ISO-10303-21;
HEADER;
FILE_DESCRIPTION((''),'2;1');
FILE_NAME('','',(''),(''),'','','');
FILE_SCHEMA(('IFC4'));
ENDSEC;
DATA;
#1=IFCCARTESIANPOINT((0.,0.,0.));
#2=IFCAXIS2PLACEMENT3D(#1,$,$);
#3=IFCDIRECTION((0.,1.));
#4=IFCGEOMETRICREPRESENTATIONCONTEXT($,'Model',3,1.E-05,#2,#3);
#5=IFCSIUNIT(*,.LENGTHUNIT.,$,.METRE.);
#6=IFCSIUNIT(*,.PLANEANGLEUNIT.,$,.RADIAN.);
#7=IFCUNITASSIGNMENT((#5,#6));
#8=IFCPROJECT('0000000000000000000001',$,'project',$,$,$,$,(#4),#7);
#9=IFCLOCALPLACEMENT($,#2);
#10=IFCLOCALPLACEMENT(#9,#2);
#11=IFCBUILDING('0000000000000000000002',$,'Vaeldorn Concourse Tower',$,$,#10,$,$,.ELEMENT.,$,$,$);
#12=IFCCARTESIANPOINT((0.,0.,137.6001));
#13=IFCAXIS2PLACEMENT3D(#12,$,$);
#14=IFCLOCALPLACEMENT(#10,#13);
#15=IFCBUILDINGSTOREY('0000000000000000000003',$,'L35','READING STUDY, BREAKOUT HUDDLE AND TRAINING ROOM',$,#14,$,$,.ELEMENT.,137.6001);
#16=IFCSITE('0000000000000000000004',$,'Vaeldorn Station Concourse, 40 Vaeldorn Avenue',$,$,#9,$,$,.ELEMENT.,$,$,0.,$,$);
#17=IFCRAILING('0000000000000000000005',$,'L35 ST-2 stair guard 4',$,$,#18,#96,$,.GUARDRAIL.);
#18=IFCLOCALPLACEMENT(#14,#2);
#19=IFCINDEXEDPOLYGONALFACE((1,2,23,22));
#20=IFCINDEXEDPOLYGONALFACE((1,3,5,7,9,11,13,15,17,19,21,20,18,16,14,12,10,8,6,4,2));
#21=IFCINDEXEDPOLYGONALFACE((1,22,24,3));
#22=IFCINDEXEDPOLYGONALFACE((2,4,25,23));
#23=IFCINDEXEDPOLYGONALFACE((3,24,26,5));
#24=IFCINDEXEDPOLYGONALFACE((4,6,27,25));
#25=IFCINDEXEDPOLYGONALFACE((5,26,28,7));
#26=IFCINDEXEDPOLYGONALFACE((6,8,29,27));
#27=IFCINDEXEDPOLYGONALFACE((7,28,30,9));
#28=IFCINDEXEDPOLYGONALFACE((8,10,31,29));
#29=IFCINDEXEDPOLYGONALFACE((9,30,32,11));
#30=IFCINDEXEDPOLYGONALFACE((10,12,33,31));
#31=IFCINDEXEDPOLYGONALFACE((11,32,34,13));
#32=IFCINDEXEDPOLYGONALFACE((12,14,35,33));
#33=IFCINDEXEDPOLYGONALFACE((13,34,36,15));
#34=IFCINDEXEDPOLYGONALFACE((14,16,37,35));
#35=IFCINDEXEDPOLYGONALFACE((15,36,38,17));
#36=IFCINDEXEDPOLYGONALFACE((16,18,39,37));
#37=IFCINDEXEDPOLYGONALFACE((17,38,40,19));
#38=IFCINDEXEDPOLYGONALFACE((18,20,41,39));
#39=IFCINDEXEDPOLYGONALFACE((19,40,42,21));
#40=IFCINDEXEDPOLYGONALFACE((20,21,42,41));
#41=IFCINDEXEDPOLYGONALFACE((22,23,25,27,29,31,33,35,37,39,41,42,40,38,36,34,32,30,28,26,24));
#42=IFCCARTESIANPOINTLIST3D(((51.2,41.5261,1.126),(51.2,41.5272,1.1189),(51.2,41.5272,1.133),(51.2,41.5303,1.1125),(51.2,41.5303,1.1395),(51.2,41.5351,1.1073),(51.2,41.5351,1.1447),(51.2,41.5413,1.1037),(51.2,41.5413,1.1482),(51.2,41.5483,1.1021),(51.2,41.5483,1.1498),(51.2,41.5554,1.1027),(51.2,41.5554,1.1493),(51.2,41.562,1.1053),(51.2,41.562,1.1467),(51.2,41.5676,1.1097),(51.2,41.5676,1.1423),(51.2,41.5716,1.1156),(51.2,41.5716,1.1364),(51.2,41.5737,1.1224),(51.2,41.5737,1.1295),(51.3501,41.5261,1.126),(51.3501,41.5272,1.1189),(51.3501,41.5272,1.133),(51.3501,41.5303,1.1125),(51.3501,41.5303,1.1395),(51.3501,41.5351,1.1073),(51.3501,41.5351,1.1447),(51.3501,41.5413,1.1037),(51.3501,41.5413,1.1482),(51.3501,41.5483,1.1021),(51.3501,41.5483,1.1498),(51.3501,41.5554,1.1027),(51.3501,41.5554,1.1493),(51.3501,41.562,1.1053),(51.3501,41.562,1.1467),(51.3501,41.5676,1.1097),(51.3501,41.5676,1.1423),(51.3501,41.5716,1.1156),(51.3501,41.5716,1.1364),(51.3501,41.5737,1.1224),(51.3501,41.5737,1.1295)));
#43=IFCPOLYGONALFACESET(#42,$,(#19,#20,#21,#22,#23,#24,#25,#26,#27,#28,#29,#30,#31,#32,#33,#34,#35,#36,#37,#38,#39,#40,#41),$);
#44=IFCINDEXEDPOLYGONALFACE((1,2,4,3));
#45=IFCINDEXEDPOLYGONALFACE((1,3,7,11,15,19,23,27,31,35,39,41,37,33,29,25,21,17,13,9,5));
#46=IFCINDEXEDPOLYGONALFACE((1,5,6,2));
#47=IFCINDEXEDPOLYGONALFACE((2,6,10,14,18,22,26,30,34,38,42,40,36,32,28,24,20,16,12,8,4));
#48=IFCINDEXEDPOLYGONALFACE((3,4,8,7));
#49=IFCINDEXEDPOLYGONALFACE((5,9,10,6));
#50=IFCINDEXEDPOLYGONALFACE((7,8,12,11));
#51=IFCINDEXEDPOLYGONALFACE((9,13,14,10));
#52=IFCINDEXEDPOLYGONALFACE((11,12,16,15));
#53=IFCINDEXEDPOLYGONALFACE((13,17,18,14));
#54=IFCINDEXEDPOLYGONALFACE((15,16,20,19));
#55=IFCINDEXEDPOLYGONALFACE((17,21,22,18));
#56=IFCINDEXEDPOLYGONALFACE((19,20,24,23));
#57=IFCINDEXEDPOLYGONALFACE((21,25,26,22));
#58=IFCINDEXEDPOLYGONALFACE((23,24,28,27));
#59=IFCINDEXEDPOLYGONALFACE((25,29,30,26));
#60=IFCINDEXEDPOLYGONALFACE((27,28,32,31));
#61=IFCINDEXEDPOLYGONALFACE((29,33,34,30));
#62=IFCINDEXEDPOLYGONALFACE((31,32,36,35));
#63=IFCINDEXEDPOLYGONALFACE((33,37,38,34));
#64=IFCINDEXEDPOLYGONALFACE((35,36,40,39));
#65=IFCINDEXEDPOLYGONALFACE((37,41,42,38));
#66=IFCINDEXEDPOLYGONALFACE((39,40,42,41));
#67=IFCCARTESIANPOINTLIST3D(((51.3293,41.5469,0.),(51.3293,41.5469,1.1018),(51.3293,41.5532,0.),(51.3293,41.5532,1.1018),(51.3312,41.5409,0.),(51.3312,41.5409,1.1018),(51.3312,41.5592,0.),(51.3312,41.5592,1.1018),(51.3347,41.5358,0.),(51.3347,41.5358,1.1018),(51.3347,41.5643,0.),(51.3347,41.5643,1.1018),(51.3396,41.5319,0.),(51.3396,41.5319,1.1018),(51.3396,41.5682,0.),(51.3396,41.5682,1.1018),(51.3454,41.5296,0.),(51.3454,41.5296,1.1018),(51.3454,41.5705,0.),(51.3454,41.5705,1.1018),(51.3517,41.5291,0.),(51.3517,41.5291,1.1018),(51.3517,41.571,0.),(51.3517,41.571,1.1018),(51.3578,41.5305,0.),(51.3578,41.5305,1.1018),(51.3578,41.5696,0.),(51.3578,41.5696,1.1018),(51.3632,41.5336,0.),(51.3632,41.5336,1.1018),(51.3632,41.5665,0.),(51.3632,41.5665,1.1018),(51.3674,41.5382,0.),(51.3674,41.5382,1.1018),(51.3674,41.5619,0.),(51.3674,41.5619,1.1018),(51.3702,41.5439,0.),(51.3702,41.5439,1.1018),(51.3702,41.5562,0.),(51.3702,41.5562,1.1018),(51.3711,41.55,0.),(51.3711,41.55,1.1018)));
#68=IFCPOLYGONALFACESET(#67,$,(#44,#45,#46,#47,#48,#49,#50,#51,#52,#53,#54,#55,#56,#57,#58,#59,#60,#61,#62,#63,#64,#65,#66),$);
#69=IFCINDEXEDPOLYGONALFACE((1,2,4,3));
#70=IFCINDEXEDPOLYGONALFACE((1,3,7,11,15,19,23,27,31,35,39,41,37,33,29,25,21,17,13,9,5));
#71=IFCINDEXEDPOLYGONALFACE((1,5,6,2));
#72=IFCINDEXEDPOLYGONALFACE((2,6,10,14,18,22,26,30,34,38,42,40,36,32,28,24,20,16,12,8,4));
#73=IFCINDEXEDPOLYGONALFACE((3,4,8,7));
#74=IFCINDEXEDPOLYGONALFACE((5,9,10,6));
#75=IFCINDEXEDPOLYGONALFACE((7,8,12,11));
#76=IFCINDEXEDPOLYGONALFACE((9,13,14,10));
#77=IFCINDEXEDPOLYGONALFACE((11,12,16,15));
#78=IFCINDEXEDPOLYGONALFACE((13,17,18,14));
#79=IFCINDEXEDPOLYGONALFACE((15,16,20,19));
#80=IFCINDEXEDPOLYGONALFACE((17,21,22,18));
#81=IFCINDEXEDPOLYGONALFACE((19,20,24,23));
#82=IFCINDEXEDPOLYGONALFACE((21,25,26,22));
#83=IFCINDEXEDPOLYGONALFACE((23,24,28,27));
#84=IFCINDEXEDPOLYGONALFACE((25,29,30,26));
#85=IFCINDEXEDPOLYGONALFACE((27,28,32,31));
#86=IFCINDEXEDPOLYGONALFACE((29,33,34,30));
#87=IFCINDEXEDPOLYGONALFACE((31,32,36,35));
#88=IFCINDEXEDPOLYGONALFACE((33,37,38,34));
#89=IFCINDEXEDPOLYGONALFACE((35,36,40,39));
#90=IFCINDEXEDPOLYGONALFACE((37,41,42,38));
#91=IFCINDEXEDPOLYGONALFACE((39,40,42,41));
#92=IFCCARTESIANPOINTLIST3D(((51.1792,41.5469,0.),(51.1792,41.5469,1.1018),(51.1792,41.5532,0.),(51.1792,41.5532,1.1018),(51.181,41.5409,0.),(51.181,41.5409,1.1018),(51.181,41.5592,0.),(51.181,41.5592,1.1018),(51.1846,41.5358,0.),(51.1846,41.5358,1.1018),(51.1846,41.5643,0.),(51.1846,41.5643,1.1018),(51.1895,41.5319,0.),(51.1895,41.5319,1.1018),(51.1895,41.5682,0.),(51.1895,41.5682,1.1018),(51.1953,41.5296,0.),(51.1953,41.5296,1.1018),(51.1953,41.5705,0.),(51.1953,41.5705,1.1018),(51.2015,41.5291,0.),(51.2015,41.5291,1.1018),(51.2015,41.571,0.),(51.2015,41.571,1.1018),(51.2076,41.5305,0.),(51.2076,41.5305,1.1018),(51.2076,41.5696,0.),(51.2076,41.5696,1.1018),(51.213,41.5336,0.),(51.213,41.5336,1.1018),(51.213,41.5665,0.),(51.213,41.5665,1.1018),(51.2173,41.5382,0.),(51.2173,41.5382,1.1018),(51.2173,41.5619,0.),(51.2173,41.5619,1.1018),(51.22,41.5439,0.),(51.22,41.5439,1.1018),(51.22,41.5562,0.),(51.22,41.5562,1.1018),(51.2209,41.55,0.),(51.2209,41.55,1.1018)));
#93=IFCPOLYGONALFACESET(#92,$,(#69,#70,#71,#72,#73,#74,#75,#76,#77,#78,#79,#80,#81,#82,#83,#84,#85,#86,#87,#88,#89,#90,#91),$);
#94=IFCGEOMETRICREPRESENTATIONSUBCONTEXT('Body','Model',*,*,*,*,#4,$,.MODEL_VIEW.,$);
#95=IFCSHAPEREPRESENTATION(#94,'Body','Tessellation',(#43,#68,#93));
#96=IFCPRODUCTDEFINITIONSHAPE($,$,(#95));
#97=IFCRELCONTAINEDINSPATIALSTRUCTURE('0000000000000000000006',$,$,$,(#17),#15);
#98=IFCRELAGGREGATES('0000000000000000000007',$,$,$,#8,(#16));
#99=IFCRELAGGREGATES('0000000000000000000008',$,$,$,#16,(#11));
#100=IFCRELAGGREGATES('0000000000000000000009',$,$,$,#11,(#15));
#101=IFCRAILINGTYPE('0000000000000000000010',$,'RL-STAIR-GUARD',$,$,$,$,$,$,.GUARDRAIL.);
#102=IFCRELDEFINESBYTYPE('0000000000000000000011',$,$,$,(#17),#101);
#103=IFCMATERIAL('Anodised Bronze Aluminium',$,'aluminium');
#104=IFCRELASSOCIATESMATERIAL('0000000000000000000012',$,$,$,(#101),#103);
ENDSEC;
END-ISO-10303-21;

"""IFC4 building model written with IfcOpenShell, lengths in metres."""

from ifc_helpers import new_model, si_unit, direction, frame, origin, origin_2d, place, context, subcontext, project, spatial, circle, extrude, material, type_object, element, save


model = new_model("IFC4")

# Units and contexts
model_context = context("Model", 3, precision=1e-05, world=origin(), true_north=direction((0.0, 1.0)))
body_context = subcontext(model_context, "Body", "Model", "MODEL_VIEW")
ifc_project = project(units=[si_unit("LENGTHUNIT", "METRE"), si_unit("PLANEANGLEUNIT", "RADIAN")], contexts=[model_context])

# Site, building, storey
site_placement = place(None, origin())
site = spatial("IfcSite", under=ifc_project, at=site_placement, Name="Vaeldorn Station Concourse, 40 Vaeldorn Avenue", CompositionType="ELEMENT", RefElevation=0.0)
building_placement = place(site_placement, origin())
building = spatial("IfcBuilding", under=site, at=building_placement, Name="Vaeldorn Concourse Tower", CompositionType="ELEMENT")
storey_placement = place(building_placement, frame((0.0, 0.0, 137.6001)))
storey = spatial("IfcBuildingStorey", under=building, at=storey_placement, Name="L35", Description="READING STUDY, BREAKOUT HUDDLE AND TRAINING ROOM", CompositionType="ELEMENT", Elevation=137.6001)

# Shared definitions
ifc_material_1 = material(Name="Anodised Bronze Aluminium", Category="aluminium")

# Railing
railing_type_1 = type_object("IfcRailingType", Name="RL-STAIR-GUARD", PredefinedType="GUARDRAIL", material=ifc_material_1)
railing_1_placement = place(storey_placement, frame((51.3501, 41.55, 0.0)))
element("IfcRailing", 1, at=railing_1_placement, inside=storey, type_object=railing_type_1, Name="L35 ST-2 stair guard 4", PredefinedType="GUARDRAIL", context=body_context, shape_type="SweptSolid", body=[
    extrude(circle(Radius=0.0239, at=origin_2d()), frame((0.0, 0.0, 1.126), z_axis=(-1.0, 0.0, 0.0), x_axis=(0.0, -1.0, 0.0)), (0.0, 0.0, 1.0), 0.1501),
    extrude(circle(Radius=0.021, at=origin_2d()), origin(), (0.0, 0.0, 1.0), 1.1018),
    extrude(circle(Radius=0.021, at=origin_2d()), frame((-0.1501, 0.0, 0.0)), (0.0, 0.0, 1.0), 1.1018),
])

save(model, "model.ifc")
